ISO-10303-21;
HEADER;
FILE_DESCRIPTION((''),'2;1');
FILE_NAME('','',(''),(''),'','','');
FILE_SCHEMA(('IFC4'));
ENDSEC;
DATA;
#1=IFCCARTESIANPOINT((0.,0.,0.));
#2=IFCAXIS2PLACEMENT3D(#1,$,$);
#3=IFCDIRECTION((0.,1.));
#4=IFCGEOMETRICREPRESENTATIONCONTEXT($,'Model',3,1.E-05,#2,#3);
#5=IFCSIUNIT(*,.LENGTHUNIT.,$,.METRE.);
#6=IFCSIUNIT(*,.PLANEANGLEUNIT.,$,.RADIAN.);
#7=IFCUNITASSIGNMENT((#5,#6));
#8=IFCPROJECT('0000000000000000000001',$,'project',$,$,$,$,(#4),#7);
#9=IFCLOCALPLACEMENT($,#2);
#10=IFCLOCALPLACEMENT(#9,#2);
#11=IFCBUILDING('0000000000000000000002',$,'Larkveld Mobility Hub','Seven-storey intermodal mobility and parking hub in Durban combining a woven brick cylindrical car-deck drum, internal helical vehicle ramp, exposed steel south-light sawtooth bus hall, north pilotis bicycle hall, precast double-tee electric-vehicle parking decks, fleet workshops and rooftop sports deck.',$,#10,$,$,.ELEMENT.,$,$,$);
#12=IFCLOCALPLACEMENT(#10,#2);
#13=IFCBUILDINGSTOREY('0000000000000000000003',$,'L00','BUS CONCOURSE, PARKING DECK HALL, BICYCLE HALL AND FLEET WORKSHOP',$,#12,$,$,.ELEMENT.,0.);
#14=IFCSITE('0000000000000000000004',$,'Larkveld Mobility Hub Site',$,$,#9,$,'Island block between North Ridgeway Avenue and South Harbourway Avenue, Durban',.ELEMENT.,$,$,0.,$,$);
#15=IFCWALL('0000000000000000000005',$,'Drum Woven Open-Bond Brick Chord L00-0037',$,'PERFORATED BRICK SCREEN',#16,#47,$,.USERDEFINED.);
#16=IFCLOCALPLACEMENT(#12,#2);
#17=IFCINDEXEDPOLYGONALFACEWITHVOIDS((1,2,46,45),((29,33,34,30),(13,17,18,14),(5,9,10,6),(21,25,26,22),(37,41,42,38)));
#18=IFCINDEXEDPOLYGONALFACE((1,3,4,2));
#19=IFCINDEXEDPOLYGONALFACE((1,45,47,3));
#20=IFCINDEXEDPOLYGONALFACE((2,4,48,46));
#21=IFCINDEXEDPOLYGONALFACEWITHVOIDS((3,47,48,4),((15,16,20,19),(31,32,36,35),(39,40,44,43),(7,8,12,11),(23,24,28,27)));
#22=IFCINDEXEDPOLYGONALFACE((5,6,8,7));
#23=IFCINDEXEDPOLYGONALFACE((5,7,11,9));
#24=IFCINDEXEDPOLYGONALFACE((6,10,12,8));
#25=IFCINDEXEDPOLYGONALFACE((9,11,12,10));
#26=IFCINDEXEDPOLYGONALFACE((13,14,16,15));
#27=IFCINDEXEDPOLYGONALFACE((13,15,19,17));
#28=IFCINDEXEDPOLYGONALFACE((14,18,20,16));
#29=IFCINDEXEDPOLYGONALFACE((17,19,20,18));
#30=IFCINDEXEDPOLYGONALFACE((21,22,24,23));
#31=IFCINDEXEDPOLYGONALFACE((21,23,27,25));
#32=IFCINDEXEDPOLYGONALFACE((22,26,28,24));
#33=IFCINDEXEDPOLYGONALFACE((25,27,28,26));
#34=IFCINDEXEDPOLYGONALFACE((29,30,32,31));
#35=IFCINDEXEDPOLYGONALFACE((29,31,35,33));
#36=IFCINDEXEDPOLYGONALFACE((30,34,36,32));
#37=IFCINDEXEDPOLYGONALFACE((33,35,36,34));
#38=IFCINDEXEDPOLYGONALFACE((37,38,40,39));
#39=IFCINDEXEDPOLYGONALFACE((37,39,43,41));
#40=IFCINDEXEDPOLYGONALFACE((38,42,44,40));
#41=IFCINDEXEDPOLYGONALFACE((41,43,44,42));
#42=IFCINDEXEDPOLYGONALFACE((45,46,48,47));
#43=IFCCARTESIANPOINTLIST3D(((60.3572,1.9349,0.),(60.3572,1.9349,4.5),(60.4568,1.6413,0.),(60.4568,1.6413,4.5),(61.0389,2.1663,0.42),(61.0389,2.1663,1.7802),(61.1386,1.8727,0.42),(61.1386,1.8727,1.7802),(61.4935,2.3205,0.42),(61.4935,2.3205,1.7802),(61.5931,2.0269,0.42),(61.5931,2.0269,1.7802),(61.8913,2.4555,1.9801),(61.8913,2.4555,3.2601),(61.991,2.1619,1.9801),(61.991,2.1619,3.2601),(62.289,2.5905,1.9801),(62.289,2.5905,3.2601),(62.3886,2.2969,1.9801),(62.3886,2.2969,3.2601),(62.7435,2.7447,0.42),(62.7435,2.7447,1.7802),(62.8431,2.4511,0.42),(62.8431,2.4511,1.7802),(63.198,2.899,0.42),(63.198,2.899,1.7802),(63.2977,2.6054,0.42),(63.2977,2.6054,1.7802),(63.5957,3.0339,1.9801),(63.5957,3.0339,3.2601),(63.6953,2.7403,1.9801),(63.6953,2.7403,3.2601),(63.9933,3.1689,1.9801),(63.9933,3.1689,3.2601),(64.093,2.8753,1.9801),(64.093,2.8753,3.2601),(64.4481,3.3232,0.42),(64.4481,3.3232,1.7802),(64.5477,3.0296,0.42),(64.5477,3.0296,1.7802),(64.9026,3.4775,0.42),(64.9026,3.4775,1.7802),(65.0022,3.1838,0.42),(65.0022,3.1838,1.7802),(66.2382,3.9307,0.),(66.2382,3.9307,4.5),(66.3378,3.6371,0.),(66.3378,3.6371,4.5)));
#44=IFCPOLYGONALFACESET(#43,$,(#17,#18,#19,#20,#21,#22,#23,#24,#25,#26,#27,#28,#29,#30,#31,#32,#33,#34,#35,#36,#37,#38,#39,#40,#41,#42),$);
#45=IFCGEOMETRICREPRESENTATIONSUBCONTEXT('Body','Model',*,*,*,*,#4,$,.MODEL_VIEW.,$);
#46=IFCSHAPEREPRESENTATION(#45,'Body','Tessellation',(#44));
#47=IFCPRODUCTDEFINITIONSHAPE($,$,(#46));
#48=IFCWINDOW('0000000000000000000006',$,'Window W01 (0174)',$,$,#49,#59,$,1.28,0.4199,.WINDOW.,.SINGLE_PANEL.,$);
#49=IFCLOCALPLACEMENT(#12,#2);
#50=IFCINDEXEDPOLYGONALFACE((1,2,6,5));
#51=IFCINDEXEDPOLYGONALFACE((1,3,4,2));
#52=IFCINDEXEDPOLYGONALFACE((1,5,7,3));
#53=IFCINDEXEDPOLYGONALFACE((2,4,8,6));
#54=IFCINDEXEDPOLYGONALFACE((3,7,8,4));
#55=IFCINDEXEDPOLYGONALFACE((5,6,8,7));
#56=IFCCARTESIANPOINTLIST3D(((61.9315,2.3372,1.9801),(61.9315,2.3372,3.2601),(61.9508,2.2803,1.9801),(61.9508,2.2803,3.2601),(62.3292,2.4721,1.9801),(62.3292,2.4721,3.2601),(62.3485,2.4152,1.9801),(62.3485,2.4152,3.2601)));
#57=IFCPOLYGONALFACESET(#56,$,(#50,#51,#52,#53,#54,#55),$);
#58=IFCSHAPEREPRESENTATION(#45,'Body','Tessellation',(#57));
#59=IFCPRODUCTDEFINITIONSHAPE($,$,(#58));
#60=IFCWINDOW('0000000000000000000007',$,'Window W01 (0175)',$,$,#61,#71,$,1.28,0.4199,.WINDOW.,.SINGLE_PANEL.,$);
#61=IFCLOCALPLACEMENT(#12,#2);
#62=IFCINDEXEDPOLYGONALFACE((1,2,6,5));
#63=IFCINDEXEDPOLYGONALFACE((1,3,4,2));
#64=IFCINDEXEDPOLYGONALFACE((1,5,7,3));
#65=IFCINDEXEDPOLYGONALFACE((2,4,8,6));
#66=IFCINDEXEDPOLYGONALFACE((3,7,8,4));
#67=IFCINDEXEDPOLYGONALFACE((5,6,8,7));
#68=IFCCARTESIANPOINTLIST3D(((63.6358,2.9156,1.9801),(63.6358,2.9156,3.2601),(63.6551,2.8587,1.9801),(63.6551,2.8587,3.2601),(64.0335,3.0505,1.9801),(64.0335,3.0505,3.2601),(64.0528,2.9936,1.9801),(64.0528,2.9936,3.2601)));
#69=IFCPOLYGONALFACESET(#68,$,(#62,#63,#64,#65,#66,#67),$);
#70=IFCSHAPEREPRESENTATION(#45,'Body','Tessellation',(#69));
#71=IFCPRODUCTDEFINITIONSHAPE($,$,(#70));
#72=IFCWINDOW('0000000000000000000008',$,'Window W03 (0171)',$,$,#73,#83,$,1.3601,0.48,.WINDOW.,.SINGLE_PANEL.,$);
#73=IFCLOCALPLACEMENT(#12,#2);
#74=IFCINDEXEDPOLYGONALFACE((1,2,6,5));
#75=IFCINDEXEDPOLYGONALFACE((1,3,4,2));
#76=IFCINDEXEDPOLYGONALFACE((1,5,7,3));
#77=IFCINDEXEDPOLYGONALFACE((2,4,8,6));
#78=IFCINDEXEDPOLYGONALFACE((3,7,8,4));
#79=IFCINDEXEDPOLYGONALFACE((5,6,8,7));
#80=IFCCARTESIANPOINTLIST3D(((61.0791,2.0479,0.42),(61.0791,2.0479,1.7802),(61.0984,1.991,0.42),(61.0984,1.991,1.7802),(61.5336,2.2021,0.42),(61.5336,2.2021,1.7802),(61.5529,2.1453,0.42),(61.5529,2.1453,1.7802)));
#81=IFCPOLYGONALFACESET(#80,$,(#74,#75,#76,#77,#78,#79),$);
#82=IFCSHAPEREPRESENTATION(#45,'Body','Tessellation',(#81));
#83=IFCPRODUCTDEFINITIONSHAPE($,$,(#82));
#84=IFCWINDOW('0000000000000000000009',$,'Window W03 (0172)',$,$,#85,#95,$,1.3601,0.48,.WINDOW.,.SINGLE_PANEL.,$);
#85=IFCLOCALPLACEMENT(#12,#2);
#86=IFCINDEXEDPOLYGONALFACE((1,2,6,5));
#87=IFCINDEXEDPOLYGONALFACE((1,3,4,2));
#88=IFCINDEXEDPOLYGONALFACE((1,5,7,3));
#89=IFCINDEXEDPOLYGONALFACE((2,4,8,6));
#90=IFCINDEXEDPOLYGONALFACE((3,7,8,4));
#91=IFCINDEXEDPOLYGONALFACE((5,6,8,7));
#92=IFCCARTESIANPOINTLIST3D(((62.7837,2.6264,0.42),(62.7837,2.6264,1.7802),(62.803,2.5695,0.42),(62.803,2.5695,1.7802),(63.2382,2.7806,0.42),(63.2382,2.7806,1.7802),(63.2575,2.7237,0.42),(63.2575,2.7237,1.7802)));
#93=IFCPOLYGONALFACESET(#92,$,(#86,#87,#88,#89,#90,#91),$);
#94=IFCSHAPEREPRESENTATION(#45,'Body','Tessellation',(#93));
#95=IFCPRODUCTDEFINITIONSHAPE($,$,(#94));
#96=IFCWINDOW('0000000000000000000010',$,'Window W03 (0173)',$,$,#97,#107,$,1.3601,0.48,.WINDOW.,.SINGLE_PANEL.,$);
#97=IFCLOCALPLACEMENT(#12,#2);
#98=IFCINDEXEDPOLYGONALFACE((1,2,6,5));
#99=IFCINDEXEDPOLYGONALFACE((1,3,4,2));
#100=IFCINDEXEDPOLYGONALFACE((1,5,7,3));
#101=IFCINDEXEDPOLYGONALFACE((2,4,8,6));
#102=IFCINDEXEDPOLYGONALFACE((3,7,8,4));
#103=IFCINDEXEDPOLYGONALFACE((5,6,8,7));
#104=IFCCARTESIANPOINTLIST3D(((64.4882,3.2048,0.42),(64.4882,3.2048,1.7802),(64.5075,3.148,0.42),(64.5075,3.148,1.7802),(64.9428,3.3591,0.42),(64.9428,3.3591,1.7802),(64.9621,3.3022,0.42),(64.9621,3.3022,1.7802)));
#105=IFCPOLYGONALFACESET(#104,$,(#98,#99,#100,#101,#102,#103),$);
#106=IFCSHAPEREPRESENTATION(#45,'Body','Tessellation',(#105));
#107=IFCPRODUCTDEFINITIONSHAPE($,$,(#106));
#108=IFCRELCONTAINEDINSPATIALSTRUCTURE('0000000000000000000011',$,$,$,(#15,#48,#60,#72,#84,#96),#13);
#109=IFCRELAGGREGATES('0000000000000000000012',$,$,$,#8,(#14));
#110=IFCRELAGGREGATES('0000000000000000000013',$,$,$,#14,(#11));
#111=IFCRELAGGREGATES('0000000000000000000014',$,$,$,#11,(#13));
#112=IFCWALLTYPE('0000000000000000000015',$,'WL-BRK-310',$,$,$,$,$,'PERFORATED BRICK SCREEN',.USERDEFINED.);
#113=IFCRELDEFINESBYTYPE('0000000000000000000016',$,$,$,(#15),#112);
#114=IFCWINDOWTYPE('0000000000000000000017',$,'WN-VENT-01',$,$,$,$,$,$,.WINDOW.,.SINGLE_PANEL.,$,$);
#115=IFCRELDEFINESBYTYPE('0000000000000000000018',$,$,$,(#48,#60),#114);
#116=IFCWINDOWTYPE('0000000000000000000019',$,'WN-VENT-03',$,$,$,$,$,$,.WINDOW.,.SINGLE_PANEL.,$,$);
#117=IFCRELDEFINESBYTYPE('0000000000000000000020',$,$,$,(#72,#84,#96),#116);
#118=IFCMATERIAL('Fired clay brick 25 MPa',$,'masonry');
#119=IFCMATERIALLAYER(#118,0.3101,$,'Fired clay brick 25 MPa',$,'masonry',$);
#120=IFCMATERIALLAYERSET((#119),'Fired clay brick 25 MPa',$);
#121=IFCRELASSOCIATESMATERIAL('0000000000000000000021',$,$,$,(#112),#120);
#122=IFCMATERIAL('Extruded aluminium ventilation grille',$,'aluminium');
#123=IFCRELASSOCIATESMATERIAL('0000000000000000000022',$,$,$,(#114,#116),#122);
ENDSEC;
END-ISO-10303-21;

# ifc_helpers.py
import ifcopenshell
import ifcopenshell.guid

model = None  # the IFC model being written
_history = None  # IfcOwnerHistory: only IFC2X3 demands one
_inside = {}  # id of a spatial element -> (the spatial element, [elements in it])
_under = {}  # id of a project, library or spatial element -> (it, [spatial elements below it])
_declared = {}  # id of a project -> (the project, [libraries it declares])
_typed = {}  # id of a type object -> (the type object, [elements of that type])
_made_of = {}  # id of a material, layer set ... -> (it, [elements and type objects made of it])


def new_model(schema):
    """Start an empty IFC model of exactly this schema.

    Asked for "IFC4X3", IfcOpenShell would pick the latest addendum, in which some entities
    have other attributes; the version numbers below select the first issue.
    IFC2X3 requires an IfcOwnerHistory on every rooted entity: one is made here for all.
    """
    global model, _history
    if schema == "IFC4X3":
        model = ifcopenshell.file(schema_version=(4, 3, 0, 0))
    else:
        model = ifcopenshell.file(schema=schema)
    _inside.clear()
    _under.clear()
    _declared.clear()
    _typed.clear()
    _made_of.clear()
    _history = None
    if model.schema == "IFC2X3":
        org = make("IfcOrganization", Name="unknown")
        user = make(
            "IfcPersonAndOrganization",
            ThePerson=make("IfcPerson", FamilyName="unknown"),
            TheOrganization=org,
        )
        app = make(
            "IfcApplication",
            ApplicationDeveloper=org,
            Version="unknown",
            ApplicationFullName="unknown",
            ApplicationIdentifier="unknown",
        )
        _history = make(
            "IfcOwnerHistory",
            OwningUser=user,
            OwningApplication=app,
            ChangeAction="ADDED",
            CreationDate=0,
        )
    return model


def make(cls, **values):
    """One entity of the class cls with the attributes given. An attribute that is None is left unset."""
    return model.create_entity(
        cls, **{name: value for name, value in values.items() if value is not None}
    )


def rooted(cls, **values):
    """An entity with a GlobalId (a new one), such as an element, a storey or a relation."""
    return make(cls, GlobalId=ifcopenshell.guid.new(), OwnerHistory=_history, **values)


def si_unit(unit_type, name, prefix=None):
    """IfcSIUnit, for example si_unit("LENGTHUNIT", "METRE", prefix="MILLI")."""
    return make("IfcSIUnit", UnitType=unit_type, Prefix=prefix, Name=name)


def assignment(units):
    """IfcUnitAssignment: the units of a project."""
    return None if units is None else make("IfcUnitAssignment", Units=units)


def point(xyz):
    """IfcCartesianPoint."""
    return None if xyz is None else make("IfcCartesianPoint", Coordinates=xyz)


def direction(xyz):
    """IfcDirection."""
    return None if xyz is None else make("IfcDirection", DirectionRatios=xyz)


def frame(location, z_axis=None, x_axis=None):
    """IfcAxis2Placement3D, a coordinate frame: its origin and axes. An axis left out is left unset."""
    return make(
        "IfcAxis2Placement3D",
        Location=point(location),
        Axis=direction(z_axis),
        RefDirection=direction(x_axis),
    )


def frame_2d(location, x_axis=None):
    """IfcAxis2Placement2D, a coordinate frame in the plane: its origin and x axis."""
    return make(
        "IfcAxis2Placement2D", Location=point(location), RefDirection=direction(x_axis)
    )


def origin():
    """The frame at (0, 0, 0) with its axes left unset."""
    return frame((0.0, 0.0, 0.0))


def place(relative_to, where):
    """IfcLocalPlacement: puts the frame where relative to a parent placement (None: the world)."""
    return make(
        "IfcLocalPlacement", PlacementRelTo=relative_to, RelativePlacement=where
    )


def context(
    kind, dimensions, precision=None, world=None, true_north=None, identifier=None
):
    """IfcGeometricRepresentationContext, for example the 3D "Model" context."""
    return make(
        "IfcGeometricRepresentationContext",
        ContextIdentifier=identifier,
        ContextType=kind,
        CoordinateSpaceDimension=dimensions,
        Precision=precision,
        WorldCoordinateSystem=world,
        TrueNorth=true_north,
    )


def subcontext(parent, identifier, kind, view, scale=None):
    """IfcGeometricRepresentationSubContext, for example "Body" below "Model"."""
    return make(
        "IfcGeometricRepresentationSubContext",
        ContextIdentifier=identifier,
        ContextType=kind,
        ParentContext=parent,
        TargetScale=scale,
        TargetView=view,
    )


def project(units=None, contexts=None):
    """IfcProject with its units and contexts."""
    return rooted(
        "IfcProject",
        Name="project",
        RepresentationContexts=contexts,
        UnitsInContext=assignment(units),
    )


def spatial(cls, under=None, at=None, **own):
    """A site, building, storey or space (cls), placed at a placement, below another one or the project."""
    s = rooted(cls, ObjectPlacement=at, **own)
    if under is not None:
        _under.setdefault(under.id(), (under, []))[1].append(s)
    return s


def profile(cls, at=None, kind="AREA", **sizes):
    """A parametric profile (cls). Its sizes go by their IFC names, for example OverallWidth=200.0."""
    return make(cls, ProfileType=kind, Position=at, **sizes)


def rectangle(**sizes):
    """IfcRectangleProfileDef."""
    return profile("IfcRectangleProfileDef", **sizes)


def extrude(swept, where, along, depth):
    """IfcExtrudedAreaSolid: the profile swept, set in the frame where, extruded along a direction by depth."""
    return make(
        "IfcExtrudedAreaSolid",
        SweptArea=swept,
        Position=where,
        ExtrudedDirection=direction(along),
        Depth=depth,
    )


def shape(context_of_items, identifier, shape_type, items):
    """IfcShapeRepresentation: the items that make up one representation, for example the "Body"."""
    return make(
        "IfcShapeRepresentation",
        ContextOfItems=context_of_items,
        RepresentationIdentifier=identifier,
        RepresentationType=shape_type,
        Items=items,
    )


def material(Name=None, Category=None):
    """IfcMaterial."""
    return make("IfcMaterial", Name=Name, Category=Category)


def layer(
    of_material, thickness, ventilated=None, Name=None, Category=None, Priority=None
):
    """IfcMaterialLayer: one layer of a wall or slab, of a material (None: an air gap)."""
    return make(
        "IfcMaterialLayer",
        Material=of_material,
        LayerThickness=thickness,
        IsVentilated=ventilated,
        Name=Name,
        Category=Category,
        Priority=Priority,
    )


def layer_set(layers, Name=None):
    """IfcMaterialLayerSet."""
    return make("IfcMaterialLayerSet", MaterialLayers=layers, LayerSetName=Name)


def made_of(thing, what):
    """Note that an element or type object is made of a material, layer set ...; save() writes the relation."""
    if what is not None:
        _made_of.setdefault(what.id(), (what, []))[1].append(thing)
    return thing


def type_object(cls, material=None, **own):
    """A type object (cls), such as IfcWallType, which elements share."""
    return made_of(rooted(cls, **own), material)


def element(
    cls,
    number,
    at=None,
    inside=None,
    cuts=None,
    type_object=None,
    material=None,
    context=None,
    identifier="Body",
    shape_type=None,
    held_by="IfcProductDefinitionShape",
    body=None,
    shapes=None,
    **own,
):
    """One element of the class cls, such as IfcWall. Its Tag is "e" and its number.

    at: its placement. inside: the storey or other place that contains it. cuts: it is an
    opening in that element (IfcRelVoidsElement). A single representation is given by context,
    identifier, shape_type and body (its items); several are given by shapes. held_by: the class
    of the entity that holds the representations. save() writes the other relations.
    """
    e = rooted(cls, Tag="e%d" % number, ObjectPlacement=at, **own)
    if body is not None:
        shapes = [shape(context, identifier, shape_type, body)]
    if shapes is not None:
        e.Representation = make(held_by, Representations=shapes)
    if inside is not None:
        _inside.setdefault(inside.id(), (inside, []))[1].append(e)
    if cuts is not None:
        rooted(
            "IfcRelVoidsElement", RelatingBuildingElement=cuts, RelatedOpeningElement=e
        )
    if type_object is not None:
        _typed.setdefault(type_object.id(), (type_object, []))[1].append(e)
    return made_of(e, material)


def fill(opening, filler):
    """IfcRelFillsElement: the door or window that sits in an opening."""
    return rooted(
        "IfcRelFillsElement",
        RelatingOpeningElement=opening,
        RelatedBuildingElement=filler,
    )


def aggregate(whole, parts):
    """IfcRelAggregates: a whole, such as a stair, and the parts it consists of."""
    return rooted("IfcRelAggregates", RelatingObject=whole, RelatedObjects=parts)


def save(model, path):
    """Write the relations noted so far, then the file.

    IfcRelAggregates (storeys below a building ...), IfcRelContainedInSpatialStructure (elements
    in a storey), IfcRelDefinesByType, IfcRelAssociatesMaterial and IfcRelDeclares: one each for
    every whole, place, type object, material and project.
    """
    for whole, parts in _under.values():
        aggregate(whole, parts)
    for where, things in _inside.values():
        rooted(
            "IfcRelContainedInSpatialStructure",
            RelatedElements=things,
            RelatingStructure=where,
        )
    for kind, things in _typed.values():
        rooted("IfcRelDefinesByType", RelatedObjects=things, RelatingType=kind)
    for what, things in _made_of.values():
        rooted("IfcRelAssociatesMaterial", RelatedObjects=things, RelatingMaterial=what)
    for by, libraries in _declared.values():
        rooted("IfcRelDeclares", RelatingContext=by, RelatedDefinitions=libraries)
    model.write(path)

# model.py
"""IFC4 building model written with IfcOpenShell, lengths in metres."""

from ifc_helpers import new_model, si_unit, direction, frame, frame_2d, origin, place, context, subcontext, project, spatial, rectangle, extrude, material, layer, layer_set, type_object, element, fill, save


model = new_model("IFC4")

# Units and contexts
model_context = context("Model", 3, precision=1e-05, world=origin(), true_north=direction((0.0, 1.0)))
body_context = subcontext(model_context, "Body", "Model", "MODEL_VIEW")
ifc_project = project(units=[si_unit("LENGTHUNIT", "METRE"), si_unit("PLANEANGLEUNIT", "RADIAN")], contexts=[model_context])

# Site, building, storey
site_placement = place(None, origin())
site = spatial("IfcSite", under=ifc_project, at=site_placement, Name="Larkveld Mobility Hub Site", LongName="Island block between North Ridgeway Avenue and South Harbourway Avenue, Durban", CompositionType="ELEMENT", RefElevation=0.0)
building_placement = place(site_placement, origin())
building = spatial("IfcBuilding", under=site, at=building_placement, Name="Larkveld Mobility Hub", Description="Seven-storey intermodal mobility and parking hub in Durban combining a woven brick cylindrical car-deck drum, internal helical vehicle ramp, exposed steel south-light sawtooth bus hall, north pilotis bicycle hall, precast double-tee electric-vehicle parking decks, fleet workshops and rooftop sports deck.", CompositionType="ELEMENT")
storey_placement = place(building_placement, origin())
storey = spatial("IfcBuildingStorey", under=building, at=storey_placement, Name="L00", Description="BUS CONCOURSE, PARKING DECK HALL, BICYCLE HALL AND FLEET WORKSHOP", CompositionType="ELEMENT", Elevation=0.0)

# Wall, openings, windows
ifc_material_1 = material(Name="Fired clay brick 25 MPa", Category="masonry")
ifc_layer_1 = layer(ifc_material_1, 0.3101, Name="Fired clay brick 25 MPa", Category="masonry")
ifc_layer_set_1 = layer_set([ifc_layer_1], Name="Fired clay brick 25 MPa")
wall_type_1 = type_object("IfcWallType", Name="WL-BRK-310", ElementType="PERFORATED BRICK SCREEN", PredefinedType="USERDEFINED", material=ifc_layer_set_1)
wall_1_placement = place(storey_placement, frame((60.407, 1.7881, 0.0), z_axis=(0.0, 0.0, 1.0), x_axis=(0.946955, 0.321365, 0.0)))
wall_1 = element("IfcWall", 1, at=wall_1_placement, inside=storey, type_object=wall_type_1, Name="Drum Woven Open-Bond Brick Chord L00-0037", ObjectType="PERFORATED BRICK SCREEN", PredefinedType="USERDEFINED", context=body_context, shape_type="SweptSolid", body=[
    extrude(rectangle(XDim=6.2104, YDim=0.3101, at=frame_2d((3.1052, 0.0))), origin(), (0.0, 0.0, 1.0), 4.5),
])
opening_1_placement = place(wall_1_placement, frame((0.72, 0.0, 0.4199)))
opening_1 = element("IfcOpeningElement", 2, at=opening_1_placement, cuts=wall_1, PredefinedType="OPENING", context=body_context, shape_type="SweptSolid", body=[
    extrude(rectangle(XDim=0.48, YDim=1.3601, at=frame_2d((0.24, 0.6802))), frame((0.0, 0.165, 0.0), z_axis=(0.0, -1.0, 0.0), x_axis=(1.0, 0.0, 0.0)), (0.0, 0.0, 1.0), 0.3301),
])
opening_2_placement = place(wall_1_placement, frame((2.52, 0.0, 0.4199)))
opening_2 = element("IfcOpeningElement", 3, at=opening_2_placement, cuts=wall_1, PredefinedType="OPENING", context=body_context, shape_type="SweptSolid", body=[
    extrude(rectangle(XDim=0.48, YDim=1.3601, at=frame_2d((0.24, 0.6802))), frame((0.0, 0.165, 0.0), z_axis=(0.0, -1.0, 0.0), x_axis=(1.0, 0.0, 0.0)), (0.0, 0.0, 1.0), 0.3301),
])
opening_3_placement = place(wall_1_placement, frame((4.3201, 0.0, 0.4199)))
opening_3 = element("IfcOpeningElement", 4, at=opening_3_placement, cuts=wall_1, PredefinedType="OPENING", context=body_context, shape_type="SweptSolid", body=[
    extrude(rectangle(XDim=0.48, YDim=1.3601, at=frame_2d((0.24, 0.6802))), frame((0.0, 0.165, 0.0), z_axis=(0.0, -1.0, 0.0), x_axis=(1.0, 0.0, 0.0)), (0.0, 0.0, 1.0), 0.3301),
])
opening_4_placement = place(wall_1_placement, frame((1.6201, 0.0, 1.98)))
opening_4 = element("IfcOpeningElement", 5, at=opening_4_placement, cuts=wall_1, PredefinedType="OPENING", context=body_context, shape_type="SweptSolid", body=[
    extrude(rectangle(XDim=0.4199, YDim=1.28, at=frame_2d((0.21, 0.6401))), frame((0.0, 0.165, 0.0), z_axis=(0.0, -1.0, 0.0), x_axis=(1.0, 0.0, 0.0)), (0.0, 0.0, 1.0), 0.3301),
])
opening_5_placement = place(wall_1_placement, frame((3.4199, 0.0, 1.98)))
opening_5 = element("IfcOpeningElement", 6, at=opening_5_placement, cuts=wall_1, PredefinedType="OPENING", context=body_context, shape_type="SweptSolid", body=[
    extrude(rectangle(XDim=0.4199, YDim=1.28, at=frame_2d((0.21, 0.6401))), frame((0.0, 0.165, 0.0), z_axis=(0.0, -1.0, 0.0), x_axis=(1.0, 0.0, 0.0)), (0.0, 0.0, 1.0), 0.3301),
])
ifc_material_2 = material(Name="Extruded aluminium ventilation grille", Category="aluminium")
window_type_1 = type_object("IfcWindowType", Name="WN-VENT-01", PartitioningType="SINGLE_PANEL", PredefinedType="WINDOW", material=ifc_material_2)
window_1_placement = place(opening_4_placement, origin())
window_1 = element("IfcWindow", 7, at=window_1_placement, inside=storey, type_object=window_type_1, Name="Window W01 (0174)", OverallHeight=1.28, OverallWidth=0.4199, PartitioningType="SINGLE_PANEL", PredefinedType="WINDOW", context=body_context, shape_type="SweptSolid", body=[
    extrude(rectangle(XDim=0.4199, YDim=1.28, at=frame_2d((0.21, 0.6401))), frame((0.0, 0.03, 0.0), z_axis=(0.0, -1.0, 0.0), x_axis=(1.0, 0.0, 0.0)), (0.0, 0.0, 1.0), 0.0601),
])
fill(opening_4, window_1)
window_2_placement = place(opening_5_placement, origin())
window_2 = element("IfcWindow", 8, at=window_2_placement, inside=storey, type_object=window_type_1, Name="Window W01 (0175)", OverallHeight=1.28, OverallWidth=0.4199, PartitioningType="SINGLE_PANEL", PredefinedType="WINDOW", context=body_context, shape_type="SweptSolid", body=[
    extrude(rectangle(XDim=0.4199, YDim=1.28, at=frame_2d((0.21, 0.6401))), frame((0.0, 0.03, 0.0), z_axis=(0.0, -1.0, 0.0), x_axis=(1.0, 0.0, 0.0)), (0.0, 0.0, 1.0), 0.0601),
])
fill(opening_5, window_2)
window_type_2 = type_object("IfcWindowType", Name="WN-VENT-03", PartitioningType="SINGLE_PANEL", PredefinedType="WINDOW", material=ifc_material_2)
window_3_placement = place(opening_1_placement, origin())
window_3 = element("IfcWindow", 9, at=window_3_placement, inside=storey, type_object=window_type_2, Name="Window W03 (0171)", OverallHeight=1.3601, OverallWidth=0.48, PartitioningType="SINGLE_PANEL", PredefinedType="WINDOW", context=body_context, shape_type="SweptSolid", body=[
    extrude(rectangle(XDim=0.48, YDim=1.3601, at=frame_2d((0.24, 0.6802))), frame((0.0, 0.03, 0.0), z_axis=(0.0, -1.0, 0.0), x_axis=(1.0, 0.0, 0.0)), (0.0, 0.0, 1.0), 0.0601),
])
fill(opening_1, window_3)
window_4_placement = place(opening_2_placement, origin())
window_4 = element("IfcWindow", 10, at=window_4_placement, inside=storey, type_object=window_type_2, Name="Window W03 (0172)", OverallHeight=1.3601, OverallWidth=0.48, PartitioningType="SINGLE_PANEL", PredefinedType="WINDOW", context=body_context, shape_type="SweptSolid", body=[
    extrude(rectangle(XDim=0.48, YDim=1.3601, at=frame_2d((0.24, 0.6802))), frame((0.0, 0.03, 0.0), z_axis=(0.0, -1.0, 0.0), x_axis=(1.0, 0.0, 0.0)), (0.0, 0.0, 1.0), 0.0601),
])
fill(opening_2, window_4)
window_5_placement = place(opening_3_placement, origin())
window_5 = element("IfcWindow", 11, at=window_5_placement, inside=storey, type_object=window_type_2, Name="Window W03 (0173)", OverallHeight=1.3601, OverallWidth=0.48, PartitioningType="SINGLE_PANEL", PredefinedType="WINDOW", context=body_context, shape_type="SweptSolid", body=[
    extrude(rectangle(XDim=0.48, YDim=1.3601, at=frame_2d((0.24, 0.6802))), frame((0.0, 0.03, 0.0), z_axis=(0.0, -1.0, 0.0), x_axis=(1.0, 0.0, 0.0)), (0.0, 0.0, 1.0), 0.0601),
])
fill(opening_3, window_5)

save(model, "model.ifc")
